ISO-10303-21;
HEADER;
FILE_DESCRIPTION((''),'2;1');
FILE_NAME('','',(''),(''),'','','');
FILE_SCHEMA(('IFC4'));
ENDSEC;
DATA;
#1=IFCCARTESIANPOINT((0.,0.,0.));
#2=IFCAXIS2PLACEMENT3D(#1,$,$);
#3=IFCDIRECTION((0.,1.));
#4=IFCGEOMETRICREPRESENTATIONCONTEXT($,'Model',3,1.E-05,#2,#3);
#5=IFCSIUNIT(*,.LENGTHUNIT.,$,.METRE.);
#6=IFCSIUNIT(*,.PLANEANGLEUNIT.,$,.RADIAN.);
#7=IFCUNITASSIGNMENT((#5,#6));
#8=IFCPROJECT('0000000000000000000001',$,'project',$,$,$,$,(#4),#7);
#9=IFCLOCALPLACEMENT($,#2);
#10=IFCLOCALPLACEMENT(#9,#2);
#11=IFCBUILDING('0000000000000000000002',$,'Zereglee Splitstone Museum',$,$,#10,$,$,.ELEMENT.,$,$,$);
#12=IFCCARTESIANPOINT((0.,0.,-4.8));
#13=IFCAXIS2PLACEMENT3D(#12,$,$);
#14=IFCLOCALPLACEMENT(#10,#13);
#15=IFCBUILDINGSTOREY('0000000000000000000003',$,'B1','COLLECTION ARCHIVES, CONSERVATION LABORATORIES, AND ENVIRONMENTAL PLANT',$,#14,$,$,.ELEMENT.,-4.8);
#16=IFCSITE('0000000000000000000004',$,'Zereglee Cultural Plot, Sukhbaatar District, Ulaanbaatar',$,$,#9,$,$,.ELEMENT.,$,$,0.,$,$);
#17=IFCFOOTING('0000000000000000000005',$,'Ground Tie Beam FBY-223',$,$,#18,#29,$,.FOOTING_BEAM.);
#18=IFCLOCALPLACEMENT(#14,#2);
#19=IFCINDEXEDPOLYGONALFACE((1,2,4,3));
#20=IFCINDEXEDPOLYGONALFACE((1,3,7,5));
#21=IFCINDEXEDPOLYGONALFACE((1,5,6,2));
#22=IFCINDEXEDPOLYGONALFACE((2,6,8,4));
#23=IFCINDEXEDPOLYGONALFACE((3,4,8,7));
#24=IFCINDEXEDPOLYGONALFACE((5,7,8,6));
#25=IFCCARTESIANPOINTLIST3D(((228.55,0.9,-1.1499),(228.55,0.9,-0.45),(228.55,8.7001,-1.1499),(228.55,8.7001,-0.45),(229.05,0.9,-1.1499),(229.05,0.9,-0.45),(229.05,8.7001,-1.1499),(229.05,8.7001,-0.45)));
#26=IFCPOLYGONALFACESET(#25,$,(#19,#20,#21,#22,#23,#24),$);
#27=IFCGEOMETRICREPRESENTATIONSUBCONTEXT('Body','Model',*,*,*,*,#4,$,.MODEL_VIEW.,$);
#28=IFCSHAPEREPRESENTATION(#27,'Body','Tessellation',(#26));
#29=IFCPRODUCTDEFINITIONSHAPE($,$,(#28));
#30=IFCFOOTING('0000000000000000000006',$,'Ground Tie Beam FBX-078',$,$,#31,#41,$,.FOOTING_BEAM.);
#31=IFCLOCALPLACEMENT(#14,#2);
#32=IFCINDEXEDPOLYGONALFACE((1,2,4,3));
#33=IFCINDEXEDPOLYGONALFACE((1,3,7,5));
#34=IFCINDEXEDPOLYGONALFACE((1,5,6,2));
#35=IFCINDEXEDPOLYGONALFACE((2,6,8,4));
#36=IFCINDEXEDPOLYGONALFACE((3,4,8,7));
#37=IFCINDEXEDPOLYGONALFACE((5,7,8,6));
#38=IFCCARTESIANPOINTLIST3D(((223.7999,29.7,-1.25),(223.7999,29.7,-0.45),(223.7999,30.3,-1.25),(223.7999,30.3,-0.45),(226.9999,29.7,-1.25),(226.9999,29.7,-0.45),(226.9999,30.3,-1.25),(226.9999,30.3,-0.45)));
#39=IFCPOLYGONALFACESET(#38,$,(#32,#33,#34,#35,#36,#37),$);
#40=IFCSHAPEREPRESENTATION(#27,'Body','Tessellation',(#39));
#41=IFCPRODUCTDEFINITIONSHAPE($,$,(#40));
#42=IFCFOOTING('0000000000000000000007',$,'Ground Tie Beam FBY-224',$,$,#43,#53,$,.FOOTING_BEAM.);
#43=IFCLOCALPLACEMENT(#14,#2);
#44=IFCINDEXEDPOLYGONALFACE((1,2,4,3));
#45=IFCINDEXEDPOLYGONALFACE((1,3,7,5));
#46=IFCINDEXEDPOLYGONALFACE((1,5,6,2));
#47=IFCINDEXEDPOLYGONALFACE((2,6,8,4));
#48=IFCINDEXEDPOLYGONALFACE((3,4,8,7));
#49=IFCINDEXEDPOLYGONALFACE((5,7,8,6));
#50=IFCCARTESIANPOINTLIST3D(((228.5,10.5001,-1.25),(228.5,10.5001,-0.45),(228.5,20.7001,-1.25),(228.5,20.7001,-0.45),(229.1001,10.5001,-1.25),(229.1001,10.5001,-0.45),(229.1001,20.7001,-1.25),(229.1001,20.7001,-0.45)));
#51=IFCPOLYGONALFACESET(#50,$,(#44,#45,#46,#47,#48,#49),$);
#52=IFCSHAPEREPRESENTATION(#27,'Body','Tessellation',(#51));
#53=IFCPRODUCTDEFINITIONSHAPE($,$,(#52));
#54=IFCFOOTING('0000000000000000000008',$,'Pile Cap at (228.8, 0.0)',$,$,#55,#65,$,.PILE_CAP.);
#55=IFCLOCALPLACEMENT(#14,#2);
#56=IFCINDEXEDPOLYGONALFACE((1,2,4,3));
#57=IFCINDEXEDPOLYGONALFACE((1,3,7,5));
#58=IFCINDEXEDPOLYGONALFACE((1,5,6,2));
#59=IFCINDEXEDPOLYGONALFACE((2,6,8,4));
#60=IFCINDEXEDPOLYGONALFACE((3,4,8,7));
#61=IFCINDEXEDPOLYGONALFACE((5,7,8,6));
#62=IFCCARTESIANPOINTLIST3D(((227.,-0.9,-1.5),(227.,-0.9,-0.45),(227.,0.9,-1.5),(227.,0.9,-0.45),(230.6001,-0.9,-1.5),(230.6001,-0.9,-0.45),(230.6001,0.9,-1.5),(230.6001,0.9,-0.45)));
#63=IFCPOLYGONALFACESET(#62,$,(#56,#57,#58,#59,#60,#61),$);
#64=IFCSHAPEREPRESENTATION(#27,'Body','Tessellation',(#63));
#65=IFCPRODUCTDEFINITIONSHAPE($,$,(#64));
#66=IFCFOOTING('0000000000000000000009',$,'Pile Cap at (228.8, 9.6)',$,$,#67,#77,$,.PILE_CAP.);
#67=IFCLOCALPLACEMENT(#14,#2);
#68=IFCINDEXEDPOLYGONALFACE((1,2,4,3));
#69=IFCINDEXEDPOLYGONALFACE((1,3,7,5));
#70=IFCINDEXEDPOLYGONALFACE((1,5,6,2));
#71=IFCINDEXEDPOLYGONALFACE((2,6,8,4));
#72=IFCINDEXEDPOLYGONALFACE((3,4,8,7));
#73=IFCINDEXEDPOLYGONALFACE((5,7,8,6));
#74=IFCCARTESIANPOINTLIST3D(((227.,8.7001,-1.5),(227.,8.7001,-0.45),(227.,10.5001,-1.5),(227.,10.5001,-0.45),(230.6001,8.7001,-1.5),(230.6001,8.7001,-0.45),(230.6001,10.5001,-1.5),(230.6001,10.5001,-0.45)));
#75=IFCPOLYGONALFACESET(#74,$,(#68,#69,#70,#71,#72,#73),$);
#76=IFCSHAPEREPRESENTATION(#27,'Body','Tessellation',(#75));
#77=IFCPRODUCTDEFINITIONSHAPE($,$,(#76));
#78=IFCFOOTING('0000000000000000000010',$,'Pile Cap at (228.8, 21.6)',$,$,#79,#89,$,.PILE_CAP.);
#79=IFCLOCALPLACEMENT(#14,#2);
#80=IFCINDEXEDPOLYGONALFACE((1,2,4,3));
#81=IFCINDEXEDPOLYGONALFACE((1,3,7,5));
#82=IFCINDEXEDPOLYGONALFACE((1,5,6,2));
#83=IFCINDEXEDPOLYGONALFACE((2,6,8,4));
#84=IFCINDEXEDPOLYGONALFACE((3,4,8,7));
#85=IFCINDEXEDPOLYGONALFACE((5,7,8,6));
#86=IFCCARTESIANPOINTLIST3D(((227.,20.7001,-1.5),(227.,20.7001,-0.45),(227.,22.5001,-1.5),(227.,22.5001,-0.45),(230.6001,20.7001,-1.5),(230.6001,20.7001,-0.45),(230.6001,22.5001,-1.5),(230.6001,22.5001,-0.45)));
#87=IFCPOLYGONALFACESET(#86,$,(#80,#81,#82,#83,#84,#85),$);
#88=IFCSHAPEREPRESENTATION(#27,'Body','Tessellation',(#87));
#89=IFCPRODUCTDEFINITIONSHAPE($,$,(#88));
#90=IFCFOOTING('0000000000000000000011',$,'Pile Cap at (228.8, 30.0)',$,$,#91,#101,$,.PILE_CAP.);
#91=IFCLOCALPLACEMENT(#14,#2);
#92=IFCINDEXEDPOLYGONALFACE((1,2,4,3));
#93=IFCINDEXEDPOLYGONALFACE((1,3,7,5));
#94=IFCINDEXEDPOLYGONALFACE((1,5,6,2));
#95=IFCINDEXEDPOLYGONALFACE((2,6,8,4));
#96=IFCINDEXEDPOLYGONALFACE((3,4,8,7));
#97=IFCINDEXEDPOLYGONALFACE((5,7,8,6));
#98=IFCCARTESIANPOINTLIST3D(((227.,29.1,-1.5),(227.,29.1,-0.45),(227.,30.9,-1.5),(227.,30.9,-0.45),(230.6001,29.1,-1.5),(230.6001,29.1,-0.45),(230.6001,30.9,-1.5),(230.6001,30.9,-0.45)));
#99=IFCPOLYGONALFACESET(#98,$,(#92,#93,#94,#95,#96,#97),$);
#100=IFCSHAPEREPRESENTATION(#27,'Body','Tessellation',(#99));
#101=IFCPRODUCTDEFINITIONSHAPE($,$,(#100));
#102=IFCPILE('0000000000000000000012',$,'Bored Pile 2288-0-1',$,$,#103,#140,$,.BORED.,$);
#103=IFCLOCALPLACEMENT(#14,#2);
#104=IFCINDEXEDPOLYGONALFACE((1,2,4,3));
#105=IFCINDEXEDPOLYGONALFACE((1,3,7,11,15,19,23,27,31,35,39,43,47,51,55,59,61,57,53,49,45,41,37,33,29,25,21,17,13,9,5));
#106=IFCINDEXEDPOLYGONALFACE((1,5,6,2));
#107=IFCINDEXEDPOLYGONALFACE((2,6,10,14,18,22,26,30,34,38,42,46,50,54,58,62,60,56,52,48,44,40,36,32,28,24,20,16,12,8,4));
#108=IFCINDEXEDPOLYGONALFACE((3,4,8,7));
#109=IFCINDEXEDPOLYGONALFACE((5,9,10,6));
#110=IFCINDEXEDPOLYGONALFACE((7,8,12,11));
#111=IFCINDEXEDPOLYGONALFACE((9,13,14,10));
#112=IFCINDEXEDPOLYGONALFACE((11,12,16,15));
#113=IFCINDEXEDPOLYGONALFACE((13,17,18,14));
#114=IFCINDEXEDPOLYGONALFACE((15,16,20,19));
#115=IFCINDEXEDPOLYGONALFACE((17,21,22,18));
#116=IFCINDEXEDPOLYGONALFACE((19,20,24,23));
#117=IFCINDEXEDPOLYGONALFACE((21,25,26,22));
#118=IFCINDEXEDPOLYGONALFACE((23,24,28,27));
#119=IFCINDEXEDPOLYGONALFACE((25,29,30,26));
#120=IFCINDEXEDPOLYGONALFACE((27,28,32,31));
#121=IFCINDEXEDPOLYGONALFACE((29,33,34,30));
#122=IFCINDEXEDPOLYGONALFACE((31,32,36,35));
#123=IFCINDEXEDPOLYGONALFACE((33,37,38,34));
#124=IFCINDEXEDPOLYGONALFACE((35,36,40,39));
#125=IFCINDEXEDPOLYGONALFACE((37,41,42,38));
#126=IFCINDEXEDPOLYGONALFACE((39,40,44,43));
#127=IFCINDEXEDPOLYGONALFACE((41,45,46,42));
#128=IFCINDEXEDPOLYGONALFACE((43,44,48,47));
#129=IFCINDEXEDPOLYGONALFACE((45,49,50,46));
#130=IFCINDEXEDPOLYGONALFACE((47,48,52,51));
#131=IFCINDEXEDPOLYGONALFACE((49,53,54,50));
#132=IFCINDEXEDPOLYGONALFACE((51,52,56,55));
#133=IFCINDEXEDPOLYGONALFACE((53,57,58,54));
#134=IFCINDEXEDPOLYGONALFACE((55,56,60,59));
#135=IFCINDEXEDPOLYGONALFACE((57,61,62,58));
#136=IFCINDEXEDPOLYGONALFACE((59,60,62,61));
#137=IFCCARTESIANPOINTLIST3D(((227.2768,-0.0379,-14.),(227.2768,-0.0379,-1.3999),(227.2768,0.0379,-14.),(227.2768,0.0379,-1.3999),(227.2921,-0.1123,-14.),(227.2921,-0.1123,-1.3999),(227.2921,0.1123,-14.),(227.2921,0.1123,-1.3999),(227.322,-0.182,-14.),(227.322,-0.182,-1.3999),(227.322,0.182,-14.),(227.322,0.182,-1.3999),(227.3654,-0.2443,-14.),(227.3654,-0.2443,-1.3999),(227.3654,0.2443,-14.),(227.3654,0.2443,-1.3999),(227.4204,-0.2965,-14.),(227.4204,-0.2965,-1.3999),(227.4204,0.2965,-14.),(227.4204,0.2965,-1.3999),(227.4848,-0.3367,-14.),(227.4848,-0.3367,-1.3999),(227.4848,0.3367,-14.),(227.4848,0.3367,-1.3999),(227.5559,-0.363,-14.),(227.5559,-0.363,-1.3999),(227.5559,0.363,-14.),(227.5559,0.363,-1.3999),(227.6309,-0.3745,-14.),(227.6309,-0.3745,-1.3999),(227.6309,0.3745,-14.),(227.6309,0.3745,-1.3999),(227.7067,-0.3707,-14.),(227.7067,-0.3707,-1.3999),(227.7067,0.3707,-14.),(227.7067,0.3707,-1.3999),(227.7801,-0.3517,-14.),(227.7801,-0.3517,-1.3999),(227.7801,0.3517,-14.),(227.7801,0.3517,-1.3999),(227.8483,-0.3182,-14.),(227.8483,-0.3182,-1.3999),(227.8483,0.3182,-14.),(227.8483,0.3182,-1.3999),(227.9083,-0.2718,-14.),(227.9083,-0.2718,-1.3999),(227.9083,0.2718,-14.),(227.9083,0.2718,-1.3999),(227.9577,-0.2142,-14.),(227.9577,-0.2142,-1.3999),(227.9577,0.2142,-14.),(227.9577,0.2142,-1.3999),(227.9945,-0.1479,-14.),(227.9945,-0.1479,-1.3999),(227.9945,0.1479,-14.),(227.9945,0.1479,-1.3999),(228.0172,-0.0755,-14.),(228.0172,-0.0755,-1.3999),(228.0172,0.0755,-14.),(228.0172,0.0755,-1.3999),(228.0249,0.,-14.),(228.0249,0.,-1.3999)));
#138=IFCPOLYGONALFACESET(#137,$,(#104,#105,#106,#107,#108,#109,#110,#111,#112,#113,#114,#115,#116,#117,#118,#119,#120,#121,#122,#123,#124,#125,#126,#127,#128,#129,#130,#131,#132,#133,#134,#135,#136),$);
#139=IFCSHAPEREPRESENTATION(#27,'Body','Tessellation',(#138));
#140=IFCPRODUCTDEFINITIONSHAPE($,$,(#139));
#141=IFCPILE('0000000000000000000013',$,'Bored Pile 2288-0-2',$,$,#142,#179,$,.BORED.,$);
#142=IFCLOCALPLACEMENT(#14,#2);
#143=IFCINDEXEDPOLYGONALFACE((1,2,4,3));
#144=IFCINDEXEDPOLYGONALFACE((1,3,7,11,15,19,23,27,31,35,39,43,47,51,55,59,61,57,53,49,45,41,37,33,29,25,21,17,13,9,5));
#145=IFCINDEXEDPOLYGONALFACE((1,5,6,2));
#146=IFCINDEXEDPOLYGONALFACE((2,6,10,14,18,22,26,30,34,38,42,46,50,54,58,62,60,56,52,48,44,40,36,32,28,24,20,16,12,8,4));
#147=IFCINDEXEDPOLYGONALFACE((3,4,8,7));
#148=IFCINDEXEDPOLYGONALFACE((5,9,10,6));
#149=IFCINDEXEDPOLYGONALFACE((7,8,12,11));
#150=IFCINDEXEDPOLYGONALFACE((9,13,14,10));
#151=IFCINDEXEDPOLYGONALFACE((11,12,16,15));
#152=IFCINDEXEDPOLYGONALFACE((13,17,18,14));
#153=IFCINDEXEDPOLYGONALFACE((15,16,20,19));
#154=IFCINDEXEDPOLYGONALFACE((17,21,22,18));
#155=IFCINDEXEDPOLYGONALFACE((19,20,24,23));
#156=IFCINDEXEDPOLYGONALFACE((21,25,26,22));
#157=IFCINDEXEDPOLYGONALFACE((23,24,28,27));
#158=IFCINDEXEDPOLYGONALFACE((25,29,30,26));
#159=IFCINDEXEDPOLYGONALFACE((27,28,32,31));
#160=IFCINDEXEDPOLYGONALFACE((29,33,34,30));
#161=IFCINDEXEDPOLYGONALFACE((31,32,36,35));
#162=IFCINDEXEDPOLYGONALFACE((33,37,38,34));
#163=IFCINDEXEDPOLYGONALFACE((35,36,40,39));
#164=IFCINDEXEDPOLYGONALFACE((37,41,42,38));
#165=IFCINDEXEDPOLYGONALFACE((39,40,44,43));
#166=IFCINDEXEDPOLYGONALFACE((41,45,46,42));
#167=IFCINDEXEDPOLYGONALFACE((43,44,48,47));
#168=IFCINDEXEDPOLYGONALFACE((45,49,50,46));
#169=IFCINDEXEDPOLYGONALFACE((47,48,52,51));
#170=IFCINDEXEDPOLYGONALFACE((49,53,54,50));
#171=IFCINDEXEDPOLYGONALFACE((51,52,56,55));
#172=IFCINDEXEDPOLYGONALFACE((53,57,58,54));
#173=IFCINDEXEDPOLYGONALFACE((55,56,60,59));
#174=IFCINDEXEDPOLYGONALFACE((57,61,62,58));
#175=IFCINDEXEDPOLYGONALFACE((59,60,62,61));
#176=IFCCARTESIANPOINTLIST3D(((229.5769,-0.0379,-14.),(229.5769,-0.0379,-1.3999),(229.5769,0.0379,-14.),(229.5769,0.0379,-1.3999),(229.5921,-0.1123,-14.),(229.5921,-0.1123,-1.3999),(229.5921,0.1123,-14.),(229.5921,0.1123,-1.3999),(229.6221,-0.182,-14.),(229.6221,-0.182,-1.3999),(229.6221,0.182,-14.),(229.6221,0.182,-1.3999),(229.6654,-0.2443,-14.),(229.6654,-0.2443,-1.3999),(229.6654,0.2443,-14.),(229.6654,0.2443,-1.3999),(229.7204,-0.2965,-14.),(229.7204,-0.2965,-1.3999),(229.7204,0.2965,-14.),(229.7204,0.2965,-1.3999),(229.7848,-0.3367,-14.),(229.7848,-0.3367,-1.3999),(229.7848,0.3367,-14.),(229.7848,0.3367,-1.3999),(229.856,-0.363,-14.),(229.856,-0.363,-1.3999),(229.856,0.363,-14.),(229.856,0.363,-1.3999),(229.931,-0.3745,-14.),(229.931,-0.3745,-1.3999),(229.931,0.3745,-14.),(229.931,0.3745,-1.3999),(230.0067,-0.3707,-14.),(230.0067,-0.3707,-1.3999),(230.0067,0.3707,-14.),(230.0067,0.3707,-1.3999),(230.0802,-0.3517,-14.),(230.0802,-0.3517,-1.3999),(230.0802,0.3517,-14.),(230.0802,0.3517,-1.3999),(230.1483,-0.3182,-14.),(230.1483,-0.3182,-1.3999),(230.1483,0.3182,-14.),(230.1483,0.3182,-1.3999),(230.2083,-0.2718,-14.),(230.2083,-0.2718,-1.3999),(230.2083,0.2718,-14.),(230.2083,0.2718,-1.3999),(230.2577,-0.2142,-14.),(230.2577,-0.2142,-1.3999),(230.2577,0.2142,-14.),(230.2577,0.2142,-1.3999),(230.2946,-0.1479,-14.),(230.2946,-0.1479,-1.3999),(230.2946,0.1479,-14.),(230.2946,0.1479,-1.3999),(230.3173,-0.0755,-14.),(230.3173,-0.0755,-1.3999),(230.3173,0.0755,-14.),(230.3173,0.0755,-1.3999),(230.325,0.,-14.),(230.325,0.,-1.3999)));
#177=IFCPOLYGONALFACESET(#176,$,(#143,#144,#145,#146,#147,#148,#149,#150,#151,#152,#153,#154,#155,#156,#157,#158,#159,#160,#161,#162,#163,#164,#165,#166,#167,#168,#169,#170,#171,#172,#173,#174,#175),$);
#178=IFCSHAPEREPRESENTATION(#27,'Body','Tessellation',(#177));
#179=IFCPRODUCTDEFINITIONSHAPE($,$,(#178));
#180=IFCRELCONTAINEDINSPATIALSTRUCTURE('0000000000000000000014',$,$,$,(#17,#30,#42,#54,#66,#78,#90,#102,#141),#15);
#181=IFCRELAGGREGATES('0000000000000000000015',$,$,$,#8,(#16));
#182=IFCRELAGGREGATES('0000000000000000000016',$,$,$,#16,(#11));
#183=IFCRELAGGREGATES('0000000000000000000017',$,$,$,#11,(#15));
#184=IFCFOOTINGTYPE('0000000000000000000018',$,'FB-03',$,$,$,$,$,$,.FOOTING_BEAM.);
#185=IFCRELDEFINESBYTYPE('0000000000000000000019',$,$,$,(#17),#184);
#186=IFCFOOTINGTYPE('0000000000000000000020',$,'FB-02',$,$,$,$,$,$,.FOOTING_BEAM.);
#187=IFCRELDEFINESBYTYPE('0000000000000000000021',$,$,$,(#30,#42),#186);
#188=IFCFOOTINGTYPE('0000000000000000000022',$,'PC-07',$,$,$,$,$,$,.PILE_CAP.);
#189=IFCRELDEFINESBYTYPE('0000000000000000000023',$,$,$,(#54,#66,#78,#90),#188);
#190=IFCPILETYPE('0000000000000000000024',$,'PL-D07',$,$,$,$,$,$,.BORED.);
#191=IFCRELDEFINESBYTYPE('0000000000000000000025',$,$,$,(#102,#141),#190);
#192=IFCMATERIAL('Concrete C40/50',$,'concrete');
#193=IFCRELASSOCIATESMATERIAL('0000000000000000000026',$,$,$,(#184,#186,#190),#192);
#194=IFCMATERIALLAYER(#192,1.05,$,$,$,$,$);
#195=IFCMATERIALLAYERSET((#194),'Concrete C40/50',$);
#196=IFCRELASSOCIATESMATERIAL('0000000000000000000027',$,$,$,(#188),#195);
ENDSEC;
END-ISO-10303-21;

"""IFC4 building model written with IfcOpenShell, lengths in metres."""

from ifc_helpers import new_model, si_unit, direction, frame, origin, origin_2d, place, context, subcontext, project, spatial, rectangle, circle, extrude, material, layer, layer_set, material_profile, profile_set, type_object, element, save


model = new_model("IFC4")

# Units and contexts
model_context = context("Model", 3, precision=1e-05, world=origin(), true_north=direction((0.0, 1.0)))
body_context = subcontext(model_context, "Body", "Model", "MODEL_VIEW")
ifc_project = project(units=[si_unit("LENGTHUNIT", "METRE"), si_unit("PLANEANGLEUNIT", "RADIAN")], contexts=[model_context])

# Site, building, storey
site_placement = place(None, origin())
site = spatial("IfcSite", under=ifc_project, at=site_placement, Name="Zereglee Cultural Plot, Sukhbaatar District, Ulaanbaatar", CompositionType="ELEMENT", RefElevation=0.0)
building_placement = place(site_placement, origin())
building = spatial("IfcBuilding", under=site, at=building_placement, Name="Zereglee Splitstone Museum", CompositionType="ELEMENT")
storey_placement = place(building_placement, frame((0.0, 0.0, -4.8)))
storey = spatial("IfcBuildingStorey", under=building, at=storey_placement, Name="B1", Description="COLLECTION ARCHIVES, CONSERVATION LABORATORIES, AND ENVIRONMENTAL PLANT", CompositionType="ELEMENT", Elevation=-4.8)

# Footings
ifc_material_1 = material(Name="Concrete C40/50", Category="concrete")
footing_type_1 = type_object("IfcFootingType", Name="FB-03", PredefinedType="FOOTING_BEAM", material=ifc_material_1)
footing_1_placement = place(storey_placement, frame((228.8, 4.8, -1.1499), z_axis=(0.0, 0.0, 1.0), x_axis=(0.0, 1.0, 0.0)))
element("IfcFooting", 1, at=footing_1_placement, inside=storey, type_object=footing_type_1, Name="Ground Tie Beam FBY-223", PredefinedType="FOOTING_BEAM", context=body_context, shape_type="SweptSolid", body=[
    extrude(rectangle(XDim=7.8, YDim=0.5, at=origin_2d()), origin(), (0.0, 0.0, 1.0), 0.7),
])
footing_type_2 = type_object("IfcFootingType", Name="FB-02", PredefinedType="FOOTING_BEAM", material=ifc_material_1)
footing_2_placement = place(storey_placement, frame((225.3999, 30.0, -1.25), z_axis=(0.0, 0.0, 1.0), x_axis=(1.0, 0.0, 0.0)))
element("IfcFooting", 2, at=footing_2_placement, inside=storey, type_object=footing_type_2, Name="Ground Tie Beam FBX-078", PredefinedType="FOOTING_BEAM", context=body_context, shape_type="SweptSolid", body=[
    extrude(rectangle(XDim=3.2, YDim=0.6001, at=origin_2d()), origin(), (0.0, 0.0, 1.0), 0.8),
])
footing_3_placement = place(storey_placement, frame((228.8, 15.6001, -1.25), z_axis=(0.0, 0.0, 1.0), x_axis=(0.0, 1.0, 0.0)))
element("IfcFooting", 3, at=footing_3_placement, inside=storey, type_object=footing_type_2, Name="Ground Tie Beam FBY-224", PredefinedType="FOOTING_BEAM", context=body_context, shape_type="SweptSolid", body=[
    extrude(rectangle(XDim=10.2, YDim=0.6001, at=origin_2d()), origin(), (0.0, 0.0, 1.0), 0.8),
])
ifc_layer_1 = layer(ifc_material_1, 1.05)
ifc_layer_set_1 = layer_set([ifc_layer_1], Name="Concrete C40/50")
footing_type_3 = type_object("IfcFootingType", Name="PC-07", PredefinedType="PILE_CAP", material=ifc_layer_set_1)
for number, where, z_axis, x_axis, name in (
    (4, (228.8, 0.0, -1.5), (0.0, 0.0, 1.0), (1.0, 0.0, 0.0), "Pile Cap at (228.8, 0.0)"),
    (5, (228.8, 9.6001, -1.5), (0.0, 0.0, 1.0), (1.0, 0.0, 0.0), "Pile Cap at (228.8, 9.6)"),
    (6, (228.8, 21.6001, -1.5), (0.0, 0.0, 1.0), (1.0, 0.0, 0.0), "Pile Cap at (228.8, 21.6)"),
    (7, (228.8, 30.0, -1.5), (0.0, 0.0, 1.0), (1.0, 0.0, 0.0), "Pile Cap at (228.8, 30.0)"),
):
    element("IfcFooting", number, at=place(storey_placement, frame(where, z_axis=z_axis, x_axis=x_axis)), inside=storey, type_object=footing_type_3, Name=name, PredefinedType="PILE_CAP", context=body_context, shape_type="SweptSolid", body=[
        extrude(rectangle(XDim=3.6001, YDim=1.8, at=origin_2d()), origin(), (0.0, 0.0, 1.0), 1.05),
    ])

# Piles
ifc_material_profile_1 = material_profile(ifc_material_1, circle(Radius=0.375, at=origin_2d()), Name="PILE D750")
ifc_profile_set_1 = profile_set([ifc_material_profile_1], Name="Concrete C40/50")
pile_type = type_object("IfcPileType", Name="PL-D07", PredefinedType="BORED", material=ifc_profile_set_1)
for number, where, z_axis, x_axis, name in (
    (8, (227.6499, 0.0, -1.3999), (0.0, 0.0, -1.0), (1.0, 0.0, 0.0), "Bored Pile 2288-0-1"),
    (9, (229.95, 0.0, -1.3999), (0.0, 0.0, -1.0), (1.0, 0.0, 0.0), "Bored Pile 2288-0-2"),
):
    element("IfcPile", number, at=place(storey_placement, frame(where, z_axis=z_axis, x_axis=x_axis)), inside=storey, type_object=pile_type, Name=name, PredefinedType="BORED", context=body_context, shape_type="SweptSolid", body=[
        extrude(circle(Radius=0.375, at=origin_2d()), origin(), (0.0, 0.0, 1.0), 12.6001),
    ])

save(model, "model.ifc")
